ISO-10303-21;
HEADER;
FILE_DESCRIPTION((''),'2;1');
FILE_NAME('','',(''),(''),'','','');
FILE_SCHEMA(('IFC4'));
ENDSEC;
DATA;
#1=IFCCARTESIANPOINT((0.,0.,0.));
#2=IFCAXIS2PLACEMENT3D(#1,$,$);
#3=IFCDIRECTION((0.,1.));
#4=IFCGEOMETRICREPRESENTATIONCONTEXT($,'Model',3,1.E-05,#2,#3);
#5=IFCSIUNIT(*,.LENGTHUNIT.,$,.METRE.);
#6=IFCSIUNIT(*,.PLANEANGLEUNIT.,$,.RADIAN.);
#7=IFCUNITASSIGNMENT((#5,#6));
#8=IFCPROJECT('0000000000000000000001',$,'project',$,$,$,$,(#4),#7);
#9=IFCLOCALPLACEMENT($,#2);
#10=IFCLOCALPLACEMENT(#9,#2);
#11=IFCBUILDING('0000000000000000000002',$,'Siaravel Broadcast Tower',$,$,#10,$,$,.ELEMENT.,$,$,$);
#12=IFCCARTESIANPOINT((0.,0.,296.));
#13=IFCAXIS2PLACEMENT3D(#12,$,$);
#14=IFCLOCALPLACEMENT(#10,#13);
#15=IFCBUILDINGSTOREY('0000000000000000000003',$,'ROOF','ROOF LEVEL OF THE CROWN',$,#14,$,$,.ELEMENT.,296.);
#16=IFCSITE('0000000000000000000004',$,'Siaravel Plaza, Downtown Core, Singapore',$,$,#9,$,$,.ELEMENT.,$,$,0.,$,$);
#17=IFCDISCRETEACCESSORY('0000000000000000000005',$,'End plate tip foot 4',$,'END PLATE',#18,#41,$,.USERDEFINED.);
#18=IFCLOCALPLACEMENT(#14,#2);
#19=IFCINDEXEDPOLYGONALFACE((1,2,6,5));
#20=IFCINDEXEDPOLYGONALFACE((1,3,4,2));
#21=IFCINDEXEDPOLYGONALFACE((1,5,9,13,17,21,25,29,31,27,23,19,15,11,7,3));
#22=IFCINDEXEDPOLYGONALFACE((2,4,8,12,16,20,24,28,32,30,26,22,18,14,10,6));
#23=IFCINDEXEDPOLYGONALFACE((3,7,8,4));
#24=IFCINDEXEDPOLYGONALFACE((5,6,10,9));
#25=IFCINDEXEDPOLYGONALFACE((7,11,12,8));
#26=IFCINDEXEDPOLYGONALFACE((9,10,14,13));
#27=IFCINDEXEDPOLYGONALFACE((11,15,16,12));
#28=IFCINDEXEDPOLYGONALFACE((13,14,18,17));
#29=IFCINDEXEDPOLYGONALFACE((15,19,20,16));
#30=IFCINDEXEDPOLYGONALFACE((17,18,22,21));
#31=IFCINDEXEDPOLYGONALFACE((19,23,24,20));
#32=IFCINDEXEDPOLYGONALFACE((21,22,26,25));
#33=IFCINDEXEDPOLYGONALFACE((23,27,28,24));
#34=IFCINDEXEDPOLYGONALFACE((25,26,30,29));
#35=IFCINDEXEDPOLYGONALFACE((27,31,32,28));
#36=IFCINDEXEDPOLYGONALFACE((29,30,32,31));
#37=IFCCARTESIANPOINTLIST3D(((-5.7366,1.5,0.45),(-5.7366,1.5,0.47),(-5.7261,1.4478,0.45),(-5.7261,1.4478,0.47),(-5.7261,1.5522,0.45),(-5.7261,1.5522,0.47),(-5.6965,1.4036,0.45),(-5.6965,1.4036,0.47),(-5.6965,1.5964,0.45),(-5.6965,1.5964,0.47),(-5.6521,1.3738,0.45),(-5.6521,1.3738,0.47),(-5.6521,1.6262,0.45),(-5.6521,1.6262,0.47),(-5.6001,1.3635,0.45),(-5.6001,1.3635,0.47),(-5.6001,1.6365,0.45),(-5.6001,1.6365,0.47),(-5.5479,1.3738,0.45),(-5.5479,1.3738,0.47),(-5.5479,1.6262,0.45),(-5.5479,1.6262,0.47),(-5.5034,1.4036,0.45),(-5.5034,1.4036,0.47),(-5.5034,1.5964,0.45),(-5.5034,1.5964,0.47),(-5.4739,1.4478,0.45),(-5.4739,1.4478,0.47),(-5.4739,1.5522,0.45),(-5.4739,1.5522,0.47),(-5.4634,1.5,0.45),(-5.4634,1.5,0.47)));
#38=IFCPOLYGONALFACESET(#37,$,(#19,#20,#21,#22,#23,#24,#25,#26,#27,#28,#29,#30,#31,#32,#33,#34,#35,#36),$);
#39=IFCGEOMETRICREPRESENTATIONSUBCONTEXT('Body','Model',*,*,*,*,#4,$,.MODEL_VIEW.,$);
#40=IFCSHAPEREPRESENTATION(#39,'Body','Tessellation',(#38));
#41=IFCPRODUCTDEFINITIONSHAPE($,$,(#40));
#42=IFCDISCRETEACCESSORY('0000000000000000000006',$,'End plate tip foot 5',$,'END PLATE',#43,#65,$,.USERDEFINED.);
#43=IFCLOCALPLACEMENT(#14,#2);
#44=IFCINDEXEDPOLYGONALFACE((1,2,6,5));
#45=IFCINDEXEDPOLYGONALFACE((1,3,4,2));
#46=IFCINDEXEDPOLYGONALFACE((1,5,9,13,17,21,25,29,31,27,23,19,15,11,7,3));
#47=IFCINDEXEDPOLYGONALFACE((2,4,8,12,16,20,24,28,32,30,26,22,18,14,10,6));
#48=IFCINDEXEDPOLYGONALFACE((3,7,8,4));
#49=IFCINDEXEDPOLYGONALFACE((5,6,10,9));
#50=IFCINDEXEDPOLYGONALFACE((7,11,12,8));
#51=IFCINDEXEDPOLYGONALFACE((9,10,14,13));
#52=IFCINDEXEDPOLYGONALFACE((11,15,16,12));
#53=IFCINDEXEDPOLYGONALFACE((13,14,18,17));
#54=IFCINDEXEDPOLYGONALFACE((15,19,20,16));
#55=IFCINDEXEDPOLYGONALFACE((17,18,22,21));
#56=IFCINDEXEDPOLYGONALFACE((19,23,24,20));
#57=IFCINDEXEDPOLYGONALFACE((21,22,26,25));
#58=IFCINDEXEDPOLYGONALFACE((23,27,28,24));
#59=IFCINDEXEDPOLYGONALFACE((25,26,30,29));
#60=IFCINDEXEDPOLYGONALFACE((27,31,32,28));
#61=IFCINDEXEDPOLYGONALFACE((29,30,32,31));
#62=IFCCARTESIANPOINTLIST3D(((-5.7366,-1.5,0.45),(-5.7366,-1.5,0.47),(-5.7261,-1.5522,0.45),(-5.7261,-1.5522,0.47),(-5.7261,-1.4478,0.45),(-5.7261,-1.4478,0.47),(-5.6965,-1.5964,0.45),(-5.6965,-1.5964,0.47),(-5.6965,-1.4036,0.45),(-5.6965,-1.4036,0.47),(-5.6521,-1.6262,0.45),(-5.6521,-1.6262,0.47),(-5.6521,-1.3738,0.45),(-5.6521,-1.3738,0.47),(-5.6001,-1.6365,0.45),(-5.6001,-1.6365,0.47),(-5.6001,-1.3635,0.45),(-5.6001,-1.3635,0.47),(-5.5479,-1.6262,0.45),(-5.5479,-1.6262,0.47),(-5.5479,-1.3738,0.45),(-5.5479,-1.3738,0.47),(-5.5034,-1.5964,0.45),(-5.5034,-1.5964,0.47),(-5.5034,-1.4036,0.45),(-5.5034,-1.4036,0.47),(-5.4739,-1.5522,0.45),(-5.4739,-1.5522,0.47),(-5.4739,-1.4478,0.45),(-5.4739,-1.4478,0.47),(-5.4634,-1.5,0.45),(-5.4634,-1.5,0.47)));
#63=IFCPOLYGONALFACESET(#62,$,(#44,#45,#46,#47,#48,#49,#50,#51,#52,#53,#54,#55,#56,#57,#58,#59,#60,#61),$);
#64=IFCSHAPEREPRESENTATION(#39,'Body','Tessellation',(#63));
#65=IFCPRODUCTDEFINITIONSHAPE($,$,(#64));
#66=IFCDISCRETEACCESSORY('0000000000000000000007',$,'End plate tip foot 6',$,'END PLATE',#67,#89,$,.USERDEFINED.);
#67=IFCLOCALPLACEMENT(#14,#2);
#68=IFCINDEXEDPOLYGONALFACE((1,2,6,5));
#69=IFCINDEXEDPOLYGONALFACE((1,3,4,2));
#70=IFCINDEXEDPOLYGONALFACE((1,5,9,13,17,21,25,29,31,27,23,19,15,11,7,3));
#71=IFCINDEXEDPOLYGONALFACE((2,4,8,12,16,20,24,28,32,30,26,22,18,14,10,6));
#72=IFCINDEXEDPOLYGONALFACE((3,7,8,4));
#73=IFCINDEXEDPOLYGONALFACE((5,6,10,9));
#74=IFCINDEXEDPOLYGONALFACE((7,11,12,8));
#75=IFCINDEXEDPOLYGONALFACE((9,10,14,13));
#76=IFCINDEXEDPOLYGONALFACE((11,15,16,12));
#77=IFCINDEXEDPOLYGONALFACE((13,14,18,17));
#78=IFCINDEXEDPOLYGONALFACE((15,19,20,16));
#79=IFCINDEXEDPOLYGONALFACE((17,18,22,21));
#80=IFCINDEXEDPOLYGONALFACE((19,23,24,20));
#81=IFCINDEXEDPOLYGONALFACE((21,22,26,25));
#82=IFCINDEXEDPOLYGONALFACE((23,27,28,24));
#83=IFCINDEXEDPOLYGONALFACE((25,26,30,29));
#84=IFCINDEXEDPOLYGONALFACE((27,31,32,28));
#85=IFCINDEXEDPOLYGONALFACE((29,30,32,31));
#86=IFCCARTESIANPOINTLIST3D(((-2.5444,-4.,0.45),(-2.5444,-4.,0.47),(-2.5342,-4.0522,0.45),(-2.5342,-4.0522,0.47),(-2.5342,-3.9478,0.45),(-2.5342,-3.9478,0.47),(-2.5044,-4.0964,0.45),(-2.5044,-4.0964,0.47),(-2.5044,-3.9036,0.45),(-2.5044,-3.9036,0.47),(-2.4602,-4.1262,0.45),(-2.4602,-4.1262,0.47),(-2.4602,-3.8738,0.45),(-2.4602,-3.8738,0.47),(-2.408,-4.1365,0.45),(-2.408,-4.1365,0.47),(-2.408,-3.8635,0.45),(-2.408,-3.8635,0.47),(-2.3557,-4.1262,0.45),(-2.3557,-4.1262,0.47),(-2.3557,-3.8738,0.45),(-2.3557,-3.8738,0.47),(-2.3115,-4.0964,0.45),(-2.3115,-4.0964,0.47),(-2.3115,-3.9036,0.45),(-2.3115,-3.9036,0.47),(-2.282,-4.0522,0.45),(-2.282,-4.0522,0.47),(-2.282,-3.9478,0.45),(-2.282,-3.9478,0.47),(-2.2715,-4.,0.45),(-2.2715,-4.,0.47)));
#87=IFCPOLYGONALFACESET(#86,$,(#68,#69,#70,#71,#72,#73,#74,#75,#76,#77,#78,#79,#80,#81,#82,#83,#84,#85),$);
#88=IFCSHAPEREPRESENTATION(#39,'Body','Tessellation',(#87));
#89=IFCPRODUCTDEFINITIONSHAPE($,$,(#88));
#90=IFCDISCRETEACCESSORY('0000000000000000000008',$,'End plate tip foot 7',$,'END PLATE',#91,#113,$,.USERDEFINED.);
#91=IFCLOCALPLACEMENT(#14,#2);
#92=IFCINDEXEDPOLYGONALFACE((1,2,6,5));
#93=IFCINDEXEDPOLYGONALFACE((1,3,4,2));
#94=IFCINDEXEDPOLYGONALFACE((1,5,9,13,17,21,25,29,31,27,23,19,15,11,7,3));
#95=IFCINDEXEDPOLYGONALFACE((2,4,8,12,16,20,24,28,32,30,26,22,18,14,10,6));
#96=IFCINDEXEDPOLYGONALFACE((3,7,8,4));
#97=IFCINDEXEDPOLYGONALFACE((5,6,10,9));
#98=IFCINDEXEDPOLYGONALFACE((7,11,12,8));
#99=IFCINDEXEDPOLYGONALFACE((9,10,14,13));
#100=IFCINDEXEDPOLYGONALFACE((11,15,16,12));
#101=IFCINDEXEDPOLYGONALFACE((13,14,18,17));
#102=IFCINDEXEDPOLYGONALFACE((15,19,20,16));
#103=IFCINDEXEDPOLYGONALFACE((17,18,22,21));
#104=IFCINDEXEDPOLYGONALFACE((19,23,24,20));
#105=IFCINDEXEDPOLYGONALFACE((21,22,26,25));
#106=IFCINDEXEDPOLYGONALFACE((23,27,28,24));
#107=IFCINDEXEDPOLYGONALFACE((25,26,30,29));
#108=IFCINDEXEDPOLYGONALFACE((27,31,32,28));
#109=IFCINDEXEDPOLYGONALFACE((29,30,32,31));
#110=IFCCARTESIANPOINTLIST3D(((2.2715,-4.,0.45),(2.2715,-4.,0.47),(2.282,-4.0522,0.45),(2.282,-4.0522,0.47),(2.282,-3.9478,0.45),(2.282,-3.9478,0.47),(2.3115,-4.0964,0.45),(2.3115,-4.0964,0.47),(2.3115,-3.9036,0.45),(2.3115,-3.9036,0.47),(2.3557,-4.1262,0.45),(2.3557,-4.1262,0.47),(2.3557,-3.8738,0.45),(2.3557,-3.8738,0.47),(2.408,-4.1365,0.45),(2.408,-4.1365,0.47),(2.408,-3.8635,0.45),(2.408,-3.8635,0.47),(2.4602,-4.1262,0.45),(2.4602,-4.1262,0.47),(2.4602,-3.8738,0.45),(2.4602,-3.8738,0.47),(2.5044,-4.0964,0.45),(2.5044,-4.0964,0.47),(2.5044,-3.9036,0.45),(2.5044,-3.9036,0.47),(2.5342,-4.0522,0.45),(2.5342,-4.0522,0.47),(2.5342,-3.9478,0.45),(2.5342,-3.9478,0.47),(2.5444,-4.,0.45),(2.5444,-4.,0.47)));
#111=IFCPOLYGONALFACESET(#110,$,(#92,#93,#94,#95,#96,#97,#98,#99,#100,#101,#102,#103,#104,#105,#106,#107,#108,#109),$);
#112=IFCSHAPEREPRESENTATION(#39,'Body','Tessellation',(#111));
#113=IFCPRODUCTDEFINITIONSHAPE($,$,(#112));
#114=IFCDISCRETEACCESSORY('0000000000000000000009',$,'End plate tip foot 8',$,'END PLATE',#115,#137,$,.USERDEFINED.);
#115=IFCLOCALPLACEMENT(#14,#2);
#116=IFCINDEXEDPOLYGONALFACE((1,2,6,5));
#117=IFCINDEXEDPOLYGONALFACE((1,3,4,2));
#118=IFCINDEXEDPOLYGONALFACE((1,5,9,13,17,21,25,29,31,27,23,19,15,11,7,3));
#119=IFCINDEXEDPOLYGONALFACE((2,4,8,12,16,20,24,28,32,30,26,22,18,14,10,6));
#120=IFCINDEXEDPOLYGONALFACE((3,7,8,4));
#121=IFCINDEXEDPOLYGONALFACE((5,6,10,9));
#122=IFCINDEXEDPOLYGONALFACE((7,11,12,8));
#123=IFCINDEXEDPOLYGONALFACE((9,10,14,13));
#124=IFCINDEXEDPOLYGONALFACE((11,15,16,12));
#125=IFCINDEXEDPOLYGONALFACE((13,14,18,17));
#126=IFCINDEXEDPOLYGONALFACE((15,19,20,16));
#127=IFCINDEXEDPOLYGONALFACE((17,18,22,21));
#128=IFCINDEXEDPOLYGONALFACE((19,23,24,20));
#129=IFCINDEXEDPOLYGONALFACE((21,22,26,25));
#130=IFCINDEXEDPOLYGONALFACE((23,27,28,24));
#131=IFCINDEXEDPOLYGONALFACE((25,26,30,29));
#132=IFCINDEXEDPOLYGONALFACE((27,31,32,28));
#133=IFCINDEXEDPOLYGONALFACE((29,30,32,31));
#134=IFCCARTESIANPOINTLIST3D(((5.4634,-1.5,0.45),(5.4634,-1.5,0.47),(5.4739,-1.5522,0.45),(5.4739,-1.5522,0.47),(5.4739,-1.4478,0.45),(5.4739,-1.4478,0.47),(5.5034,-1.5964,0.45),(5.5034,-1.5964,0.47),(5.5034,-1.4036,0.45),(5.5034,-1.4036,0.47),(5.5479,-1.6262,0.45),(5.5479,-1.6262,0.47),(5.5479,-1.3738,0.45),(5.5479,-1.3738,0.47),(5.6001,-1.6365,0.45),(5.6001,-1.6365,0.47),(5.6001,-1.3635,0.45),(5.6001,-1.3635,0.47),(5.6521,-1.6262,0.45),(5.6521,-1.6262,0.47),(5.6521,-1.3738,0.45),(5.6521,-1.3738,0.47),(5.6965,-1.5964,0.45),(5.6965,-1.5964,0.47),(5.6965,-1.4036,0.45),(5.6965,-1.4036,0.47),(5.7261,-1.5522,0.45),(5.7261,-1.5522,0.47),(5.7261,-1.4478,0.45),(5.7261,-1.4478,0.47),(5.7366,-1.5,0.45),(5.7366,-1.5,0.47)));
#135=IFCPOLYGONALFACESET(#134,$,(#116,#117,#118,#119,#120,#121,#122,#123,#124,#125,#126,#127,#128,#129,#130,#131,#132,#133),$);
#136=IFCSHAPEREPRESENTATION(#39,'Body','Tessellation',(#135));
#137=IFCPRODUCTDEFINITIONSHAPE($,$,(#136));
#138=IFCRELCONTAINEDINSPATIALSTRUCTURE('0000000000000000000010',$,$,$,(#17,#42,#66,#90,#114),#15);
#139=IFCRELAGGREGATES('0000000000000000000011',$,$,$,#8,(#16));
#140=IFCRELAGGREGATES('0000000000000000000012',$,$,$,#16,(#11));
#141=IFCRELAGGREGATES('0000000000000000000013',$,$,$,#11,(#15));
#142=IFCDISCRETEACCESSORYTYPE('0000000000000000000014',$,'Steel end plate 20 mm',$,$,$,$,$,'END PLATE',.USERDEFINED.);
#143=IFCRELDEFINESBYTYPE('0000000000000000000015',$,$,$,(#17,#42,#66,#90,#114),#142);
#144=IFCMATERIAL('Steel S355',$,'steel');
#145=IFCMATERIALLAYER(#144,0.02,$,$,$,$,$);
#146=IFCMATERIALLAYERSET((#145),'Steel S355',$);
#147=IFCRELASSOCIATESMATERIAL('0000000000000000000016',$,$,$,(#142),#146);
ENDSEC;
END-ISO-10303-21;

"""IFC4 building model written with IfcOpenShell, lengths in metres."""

from ifc_helpers import new_model, si_unit, direction, frame, origin, place, context, subcontext, project, spatial, polyline, outline, extrude, material, layer, layer_set, type_object, element, save


model = new_model("IFC4")

# Units and contexts
model_context = context("Model", 3, precision=1e-05, world=origin(), true_north=direction((0.0, 1.0)))
body_context = subcontext(model_context, "Body", "Model", "MODEL_VIEW")
ifc_project = project(units=[si_unit("LENGTHUNIT", "METRE"), si_unit("PLANEANGLEUNIT", "RADIAN")], contexts=[model_context])

# Site, building, storey
site_placement = place(None, origin())
site = spatial("IfcSite", under=ifc_project, at=site_placement, Name="Siaravel Plaza, Downtown Core, Singapore", CompositionType="ELEMENT", RefElevation=0.0)
building_placement = place(site_placement, origin())
building = spatial("IfcBuilding", under=site, at=building_placement, Name="Siaravel Broadcast Tower", CompositionType="ELEMENT")
storey_placement = place(building_placement, frame((0.0, 0.0, 296.0)))
storey = spatial("IfcBuildingStorey", under=building, at=storey_placement, Name="ROOF", Description="ROOF LEVEL OF THE CROWN", CompositionType="ELEMENT", Elevation=296.0)

# Discrete accessories
ifc_material_1 = material(Name="Steel S355", Category="steel")
ifc_layer_1 = layer(ifc_material_1, 0.02)
ifc_layer_set_1 = layer_set([ifc_layer_1], Name="Steel S355")
discrete_accessory_type = type_object("IfcDiscreteAccessoryType", Name="Steel end plate 20 mm", ElementType="END PLATE", PredefinedType="USERDEFINED", material=ifc_layer_set_1)
discrete_accessory_1_placement = place(storey_placement, frame((0.0, 0.0, 0.45)))
element("IfcDiscreteAccessory", 1, at=discrete_accessory_1_placement, inside=storey, type_object=discrete_accessory_type, Name="End plate tip foot 4", ObjectType="END PLATE", PredefinedType="USERDEFINED", context=body_context, shape_type="SweptSolid", body=[
    extrude(outline(polyline([(-5.4634, 1.5), (-5.4739, 1.5522), (-5.5034, 1.5964), (-5.5479, 1.6262), (-5.6001, 1.6365), (-5.6521, 1.6262), (-5.6965, 1.5964), (-5.7261, 1.5522), (-5.7366, 1.5), (-5.7261, 1.4478), (-5.6965, 1.4036), (-5.6521, 1.3738), (-5.6001, 1.3635), (-5.5479, 1.3738), (-5.5034, 1.4036), (-5.4739, 1.4478), (-5.4634, 1.5)])), origin(), (0.0, 0.0, 1.0), 0.02),
])
discrete_accessory_2_placement = place(storey_placement, frame((0.0, 0.0, 0.45)))
element("IfcDiscreteAccessory", 2, at=discrete_accessory_2_placement, inside=storey, type_object=discrete_accessory_type, Name="End plate tip foot 5", ObjectType="END PLATE", PredefinedType="USERDEFINED", context=body_context, shape_type="SweptSolid", body=[
    extrude(outline(polyline([(-5.4634, -1.5), (-5.4739, -1.4478), (-5.5034, -1.4036), (-5.5479, -1.3738), (-5.6001, -1.3635), (-5.6521, -1.3738), (-5.6965, -1.4036), (-5.7261, -1.4478), (-5.7366, -1.5), (-5.7261, -1.5522), (-5.6965, -1.5964), (-5.6521, -1.6262), (-5.6001, -1.6365), (-5.5479, -1.6262), (-5.5034, -1.5964), (-5.4739, -1.5522), (-5.4634, -1.5)])), origin(), (0.0, 0.0, 1.0), 0.02),
])
discrete_accessory_3_placement = place(storey_placement, frame((0.0, 0.0, 0.45)))
element("IfcDiscreteAccessory", 3, at=discrete_accessory_3_placement, inside=storey, type_object=discrete_accessory_type, Name="End plate tip foot 6", ObjectType="END PLATE", PredefinedType="USERDEFINED", context=body_context, shape_type="SweptSolid", body=[
    extrude(outline(polyline([(-2.2715, -4.0), (-2.282, -3.9478), (-2.3115, -3.9036), (-2.3557, -3.8738), (-2.408, -3.8635), (-2.4602, -3.8738), (-2.5044, -3.9036), (-2.5342, -3.9478), (-2.5444, -4.0), (-2.5342, -4.0522), (-2.5044, -4.0964), (-2.4602, -4.1262), (-2.408, -4.1365), (-2.3557, -4.1262), (-2.3115, -4.0964), (-2.282, -4.0522), (-2.2715, -4.0)])), origin(), (0.0, 0.0, 1.0), 0.02),
])
discrete_accessory_4_placement = place(storey_placement, frame((0.0, 0.0, 0.45)))
element("IfcDiscreteAccessory", 4, at=discrete_accessory_4_placement, inside=storey, type_object=discrete_accessory_type, Name="End plate tip foot 7", ObjectType="END PLATE", PredefinedType="USERDEFINED", context=body_context, shape_type="SweptSolid", body=[
    extrude(outline(polyline([(2.5444, -4.0), (2.5342, -3.9478), (2.5044, -3.9036), (2.4602, -3.8738), (2.408, -3.8635), (2.3557, -3.8738), (2.3115, -3.9036), (2.282, -3.9478), (2.2715, -4.0), (2.282, -4.0522), (2.3115, -4.0964), (2.3557, -4.1262), (2.408, -4.1365), (2.4602, -4.1262), (2.5044, -4.0964), (2.5342, -4.0522), (2.5444, -4.0)])), origin(), (0.0, 0.0, 1.0), 0.02),
])
discrete_accessory_5_placement = place(storey_placement, frame((0.0, 0.0, 0.45)))
element("IfcDiscreteAccessory", 5, at=discrete_accessory_5_placement, inside=storey, type_object=discrete_accessory_type, Name="End plate tip foot 8", ObjectType="END PLATE", PredefinedType="USERDEFINED", context=body_context, shape_type="SweptSolid", body=[
    extrude(outline(polyline([(5.7366, -1.5), (5.7261, -1.4478), (5.6965, -1.4036), (5.6521, -1.3738), (5.6001, -1.3635), (5.5479, -1.3738), (5.5034, -1.4036), (5.4739, -1.4478), (5.4634, -1.5), (5.4739, -1.5522), (5.5034, -1.5964), (5.5479, -1.6262), (5.6001, -1.6365), (5.6521, -1.6262), (5.6965, -1.5964), (5.7261, -1.5522), (5.7366, -1.5)])), origin(), (0.0, 0.0, 1.0), 0.02),
])

save(model, "model.ifc")
